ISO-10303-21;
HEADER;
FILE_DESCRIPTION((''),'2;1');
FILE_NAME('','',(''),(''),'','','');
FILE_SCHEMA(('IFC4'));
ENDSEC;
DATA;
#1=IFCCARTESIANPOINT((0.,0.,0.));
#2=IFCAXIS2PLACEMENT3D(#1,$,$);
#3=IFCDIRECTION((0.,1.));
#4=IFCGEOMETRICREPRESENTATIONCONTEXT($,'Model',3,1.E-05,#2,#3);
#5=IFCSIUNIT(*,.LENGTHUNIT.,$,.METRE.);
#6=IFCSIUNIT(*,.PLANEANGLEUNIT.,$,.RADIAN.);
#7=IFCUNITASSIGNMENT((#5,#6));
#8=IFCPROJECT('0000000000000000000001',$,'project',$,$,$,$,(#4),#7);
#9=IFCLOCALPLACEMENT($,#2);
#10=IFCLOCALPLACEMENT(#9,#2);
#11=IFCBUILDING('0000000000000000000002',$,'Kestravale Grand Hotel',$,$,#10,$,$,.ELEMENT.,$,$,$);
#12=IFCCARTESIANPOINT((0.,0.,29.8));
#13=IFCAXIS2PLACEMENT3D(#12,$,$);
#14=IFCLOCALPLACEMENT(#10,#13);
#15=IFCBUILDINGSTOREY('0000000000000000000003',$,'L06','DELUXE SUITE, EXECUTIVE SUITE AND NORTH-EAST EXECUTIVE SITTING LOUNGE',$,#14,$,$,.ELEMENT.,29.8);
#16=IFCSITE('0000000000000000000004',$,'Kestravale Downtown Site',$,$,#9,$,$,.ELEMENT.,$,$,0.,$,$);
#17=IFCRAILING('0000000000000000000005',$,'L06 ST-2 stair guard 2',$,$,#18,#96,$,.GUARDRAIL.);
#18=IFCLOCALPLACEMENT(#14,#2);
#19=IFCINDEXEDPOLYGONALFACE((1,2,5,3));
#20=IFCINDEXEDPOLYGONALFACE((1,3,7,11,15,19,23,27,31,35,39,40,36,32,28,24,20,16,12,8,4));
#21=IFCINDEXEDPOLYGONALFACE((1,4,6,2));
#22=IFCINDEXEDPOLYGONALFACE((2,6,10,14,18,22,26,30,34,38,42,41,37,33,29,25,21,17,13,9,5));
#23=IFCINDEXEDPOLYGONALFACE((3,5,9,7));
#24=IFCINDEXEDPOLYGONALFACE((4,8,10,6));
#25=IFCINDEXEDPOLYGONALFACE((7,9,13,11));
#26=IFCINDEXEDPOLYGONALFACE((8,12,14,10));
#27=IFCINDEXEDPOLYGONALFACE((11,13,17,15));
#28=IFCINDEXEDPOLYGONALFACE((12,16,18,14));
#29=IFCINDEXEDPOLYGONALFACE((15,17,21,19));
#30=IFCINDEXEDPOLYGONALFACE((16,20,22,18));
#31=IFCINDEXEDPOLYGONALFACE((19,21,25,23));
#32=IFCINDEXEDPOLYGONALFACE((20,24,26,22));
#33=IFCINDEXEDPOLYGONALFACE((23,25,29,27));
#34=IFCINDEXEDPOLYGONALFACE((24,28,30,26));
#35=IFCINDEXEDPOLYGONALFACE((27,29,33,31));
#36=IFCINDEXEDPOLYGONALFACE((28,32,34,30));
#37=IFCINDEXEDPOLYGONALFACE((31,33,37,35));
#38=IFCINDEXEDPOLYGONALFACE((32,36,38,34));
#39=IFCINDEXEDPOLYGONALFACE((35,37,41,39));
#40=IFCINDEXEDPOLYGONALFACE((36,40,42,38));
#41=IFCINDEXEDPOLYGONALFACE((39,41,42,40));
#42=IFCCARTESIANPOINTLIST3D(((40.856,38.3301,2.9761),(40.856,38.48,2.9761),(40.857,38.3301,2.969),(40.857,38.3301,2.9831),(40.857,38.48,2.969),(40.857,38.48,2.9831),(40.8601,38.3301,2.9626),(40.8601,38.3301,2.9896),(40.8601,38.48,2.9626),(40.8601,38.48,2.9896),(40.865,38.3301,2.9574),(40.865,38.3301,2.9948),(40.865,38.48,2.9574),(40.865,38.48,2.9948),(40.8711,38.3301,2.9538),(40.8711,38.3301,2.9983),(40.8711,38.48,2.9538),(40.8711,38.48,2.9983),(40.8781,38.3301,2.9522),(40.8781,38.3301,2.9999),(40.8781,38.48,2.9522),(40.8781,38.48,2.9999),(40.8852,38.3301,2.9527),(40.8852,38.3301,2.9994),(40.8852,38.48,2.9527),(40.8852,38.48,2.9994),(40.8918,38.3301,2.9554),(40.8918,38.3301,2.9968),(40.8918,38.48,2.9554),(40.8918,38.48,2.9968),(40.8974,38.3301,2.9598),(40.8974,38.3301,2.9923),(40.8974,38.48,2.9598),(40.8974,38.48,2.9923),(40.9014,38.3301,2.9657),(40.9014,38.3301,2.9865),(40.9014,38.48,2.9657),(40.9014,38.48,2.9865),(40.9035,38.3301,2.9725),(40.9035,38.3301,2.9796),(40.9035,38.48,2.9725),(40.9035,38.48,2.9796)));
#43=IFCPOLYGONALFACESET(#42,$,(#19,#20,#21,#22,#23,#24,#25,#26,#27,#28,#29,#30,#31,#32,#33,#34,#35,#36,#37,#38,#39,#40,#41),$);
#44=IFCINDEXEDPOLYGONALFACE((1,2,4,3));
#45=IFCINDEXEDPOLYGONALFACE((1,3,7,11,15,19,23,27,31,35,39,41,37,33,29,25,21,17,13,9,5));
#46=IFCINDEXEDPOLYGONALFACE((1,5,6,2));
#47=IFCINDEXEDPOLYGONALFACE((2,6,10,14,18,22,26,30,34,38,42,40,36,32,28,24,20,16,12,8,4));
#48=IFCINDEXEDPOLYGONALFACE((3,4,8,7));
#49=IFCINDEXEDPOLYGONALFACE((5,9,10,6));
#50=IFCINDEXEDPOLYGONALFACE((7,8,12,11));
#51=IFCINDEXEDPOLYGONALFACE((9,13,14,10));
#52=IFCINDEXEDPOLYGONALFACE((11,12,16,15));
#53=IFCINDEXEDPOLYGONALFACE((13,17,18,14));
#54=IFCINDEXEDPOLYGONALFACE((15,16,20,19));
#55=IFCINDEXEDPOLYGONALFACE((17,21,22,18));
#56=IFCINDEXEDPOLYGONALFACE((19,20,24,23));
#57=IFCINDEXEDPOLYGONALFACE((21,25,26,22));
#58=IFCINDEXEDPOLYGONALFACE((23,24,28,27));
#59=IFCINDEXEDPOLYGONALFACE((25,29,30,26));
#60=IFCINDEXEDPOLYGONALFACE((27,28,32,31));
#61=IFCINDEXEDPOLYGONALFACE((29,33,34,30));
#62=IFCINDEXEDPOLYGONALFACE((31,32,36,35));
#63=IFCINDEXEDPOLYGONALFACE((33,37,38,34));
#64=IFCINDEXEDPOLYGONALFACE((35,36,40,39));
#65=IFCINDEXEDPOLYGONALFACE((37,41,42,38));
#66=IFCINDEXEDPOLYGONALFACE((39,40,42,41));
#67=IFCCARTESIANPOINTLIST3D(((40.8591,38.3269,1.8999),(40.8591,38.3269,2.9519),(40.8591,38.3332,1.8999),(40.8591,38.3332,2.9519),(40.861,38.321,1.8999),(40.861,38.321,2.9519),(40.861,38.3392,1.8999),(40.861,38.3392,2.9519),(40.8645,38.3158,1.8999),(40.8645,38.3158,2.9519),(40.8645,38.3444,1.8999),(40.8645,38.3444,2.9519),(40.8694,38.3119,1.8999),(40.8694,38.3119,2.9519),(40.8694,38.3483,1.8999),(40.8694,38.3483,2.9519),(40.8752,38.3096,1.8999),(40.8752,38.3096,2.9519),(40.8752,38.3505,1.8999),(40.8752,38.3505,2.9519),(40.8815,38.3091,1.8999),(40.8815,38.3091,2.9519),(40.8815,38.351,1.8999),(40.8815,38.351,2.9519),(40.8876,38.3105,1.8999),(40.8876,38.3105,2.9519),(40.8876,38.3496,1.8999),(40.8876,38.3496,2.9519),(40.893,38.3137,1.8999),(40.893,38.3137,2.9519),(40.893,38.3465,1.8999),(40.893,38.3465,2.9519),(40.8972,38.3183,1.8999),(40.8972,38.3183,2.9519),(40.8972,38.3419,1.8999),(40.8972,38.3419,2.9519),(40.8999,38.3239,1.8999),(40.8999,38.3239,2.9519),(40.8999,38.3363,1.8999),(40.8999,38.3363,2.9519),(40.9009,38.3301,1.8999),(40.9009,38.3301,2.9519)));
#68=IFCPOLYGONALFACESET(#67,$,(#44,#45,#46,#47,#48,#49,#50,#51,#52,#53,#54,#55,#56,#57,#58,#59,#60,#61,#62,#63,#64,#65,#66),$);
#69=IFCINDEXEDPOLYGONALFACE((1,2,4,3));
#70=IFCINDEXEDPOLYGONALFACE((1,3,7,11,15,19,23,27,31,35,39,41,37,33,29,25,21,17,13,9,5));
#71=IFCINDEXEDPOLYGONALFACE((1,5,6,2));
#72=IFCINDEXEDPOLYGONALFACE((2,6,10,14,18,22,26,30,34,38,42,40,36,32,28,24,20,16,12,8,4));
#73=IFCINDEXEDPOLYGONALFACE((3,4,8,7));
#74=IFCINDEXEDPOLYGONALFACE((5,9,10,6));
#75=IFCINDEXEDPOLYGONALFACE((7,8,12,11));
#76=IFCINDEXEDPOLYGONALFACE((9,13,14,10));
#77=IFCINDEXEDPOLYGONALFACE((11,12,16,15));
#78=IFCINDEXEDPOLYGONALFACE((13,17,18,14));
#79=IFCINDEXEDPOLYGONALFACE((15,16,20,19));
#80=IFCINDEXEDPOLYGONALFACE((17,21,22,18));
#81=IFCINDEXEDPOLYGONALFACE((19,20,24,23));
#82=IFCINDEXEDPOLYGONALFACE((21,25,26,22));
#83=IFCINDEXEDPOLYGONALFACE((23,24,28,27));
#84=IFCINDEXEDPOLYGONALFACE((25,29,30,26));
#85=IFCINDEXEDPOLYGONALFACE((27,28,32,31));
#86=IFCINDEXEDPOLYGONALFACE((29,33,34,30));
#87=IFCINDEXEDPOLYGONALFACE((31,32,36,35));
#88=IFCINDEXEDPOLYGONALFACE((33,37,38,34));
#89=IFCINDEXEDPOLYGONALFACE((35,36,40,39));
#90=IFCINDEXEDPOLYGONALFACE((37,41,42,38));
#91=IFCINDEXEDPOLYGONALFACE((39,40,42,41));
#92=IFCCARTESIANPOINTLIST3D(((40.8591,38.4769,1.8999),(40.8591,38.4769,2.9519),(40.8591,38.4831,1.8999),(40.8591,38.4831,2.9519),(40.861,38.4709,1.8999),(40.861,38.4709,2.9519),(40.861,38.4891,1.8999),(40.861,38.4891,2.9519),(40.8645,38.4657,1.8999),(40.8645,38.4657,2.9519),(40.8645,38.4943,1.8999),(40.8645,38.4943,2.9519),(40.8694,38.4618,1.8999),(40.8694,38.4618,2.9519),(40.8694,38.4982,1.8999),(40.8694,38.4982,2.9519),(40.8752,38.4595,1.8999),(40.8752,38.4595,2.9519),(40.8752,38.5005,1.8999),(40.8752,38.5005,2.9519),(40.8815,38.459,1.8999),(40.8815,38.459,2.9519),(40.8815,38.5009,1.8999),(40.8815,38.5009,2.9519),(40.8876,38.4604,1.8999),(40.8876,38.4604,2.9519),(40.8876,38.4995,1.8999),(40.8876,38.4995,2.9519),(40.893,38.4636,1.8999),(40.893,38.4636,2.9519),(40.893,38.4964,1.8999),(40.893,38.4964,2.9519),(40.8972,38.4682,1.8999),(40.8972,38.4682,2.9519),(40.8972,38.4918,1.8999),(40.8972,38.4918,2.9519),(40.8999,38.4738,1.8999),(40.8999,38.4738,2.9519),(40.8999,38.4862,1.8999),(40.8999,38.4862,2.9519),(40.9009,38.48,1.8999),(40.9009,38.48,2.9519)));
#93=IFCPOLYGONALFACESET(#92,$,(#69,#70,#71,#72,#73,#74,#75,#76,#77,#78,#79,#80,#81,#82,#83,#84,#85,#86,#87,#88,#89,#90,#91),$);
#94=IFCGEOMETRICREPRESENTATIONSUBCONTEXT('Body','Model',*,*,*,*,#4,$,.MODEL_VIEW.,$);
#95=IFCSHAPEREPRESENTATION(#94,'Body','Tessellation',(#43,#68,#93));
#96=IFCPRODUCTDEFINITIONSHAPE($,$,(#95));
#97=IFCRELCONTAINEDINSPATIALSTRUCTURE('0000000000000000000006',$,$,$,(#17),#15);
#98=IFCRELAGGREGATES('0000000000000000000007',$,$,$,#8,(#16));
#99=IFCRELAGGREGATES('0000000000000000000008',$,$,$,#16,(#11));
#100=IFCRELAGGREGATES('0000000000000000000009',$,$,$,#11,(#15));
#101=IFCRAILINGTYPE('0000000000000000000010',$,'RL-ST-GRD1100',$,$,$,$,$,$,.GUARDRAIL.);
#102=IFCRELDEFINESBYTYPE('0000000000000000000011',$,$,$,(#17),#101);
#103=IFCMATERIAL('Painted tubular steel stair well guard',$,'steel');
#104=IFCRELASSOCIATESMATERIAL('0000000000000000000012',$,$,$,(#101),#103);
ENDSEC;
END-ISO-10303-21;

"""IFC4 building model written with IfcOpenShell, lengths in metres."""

from ifc_helpers import new_model, si_unit, direction, frame, origin, origin_2d, place, context, subcontext, project, spatial, circle, extrude, material, type_object, element, save


model = new_model("IFC4")

# Units and contexts
model_context = context("Model", 3, precision=1e-05, world=origin(), true_north=direction((0.0, 1.0)))
body_context = subcontext(model_context, "Body", "Model", "MODEL_VIEW")
ifc_project = project(units=[si_unit("LENGTHUNIT", "METRE"), si_unit("PLANEANGLEUNIT", "RADIAN")], contexts=[model_context])

# Site, building, storey
site_placement = place(None, origin())
site = spatial("IfcSite", under=ifc_project, at=site_placement, Name="Kestravale Downtown Site", CompositionType="ELEMENT", RefElevation=0.0)
building_placement = place(site_placement, origin())
building = spatial("IfcBuilding", under=site, at=building_placement, Name="Kestravale Grand Hotel", CompositionType="ELEMENT")
storey_placement = place(building_placement, frame((0.0, 0.0, 29.8)))
storey = spatial("IfcBuildingStorey", under=building, at=storey_placement, Name="L06", Description="DELUXE SUITE, EXECUTIVE SUITE AND NORTH-EAST EXECUTIVE SITTING LOUNGE", CompositionType="ELEMENT", Elevation=29.8)

# Railing
ifc_material_1 = material(Name="Painted tubular steel stair well guard", Category="steel")
railing_type_1 = type_object("IfcRailingType", Name="RL-ST-GRD1100", PredefinedType="GUARDRAIL", material=ifc_material_1)
railing_1_placement = place(storey_placement, frame((40.8799, 38.3301, 1.8999)))
element("IfcRailing", 1, at=railing_1_placement, inside=storey, type_object=railing_type_1, Name="L06 ST-2 stair guard 2", PredefinedType="GUARDRAIL", context=body_context, shape_type="SweptSolid", body=[
    extrude(circle(Radius=0.0239, at=origin_2d()), frame((0.0, 0.0, 1.0762), z_axis=(0.0, 1.0, 0.0), x_axis=(-1.0, 0.0, 0.0)), (0.0, 0.0, 1.0), 0.1499),
    extrude(circle(Radius=0.021, at=origin_2d()), origin(), (0.0, 0.0, 1.0), 1.052),
    extrude(circle(Radius=0.021, at=origin_2d()), frame((0.0, 0.1499, 0.0)), (0.0, 0.0, 1.0), 1.052),
])

save(model, "model.ifc")
